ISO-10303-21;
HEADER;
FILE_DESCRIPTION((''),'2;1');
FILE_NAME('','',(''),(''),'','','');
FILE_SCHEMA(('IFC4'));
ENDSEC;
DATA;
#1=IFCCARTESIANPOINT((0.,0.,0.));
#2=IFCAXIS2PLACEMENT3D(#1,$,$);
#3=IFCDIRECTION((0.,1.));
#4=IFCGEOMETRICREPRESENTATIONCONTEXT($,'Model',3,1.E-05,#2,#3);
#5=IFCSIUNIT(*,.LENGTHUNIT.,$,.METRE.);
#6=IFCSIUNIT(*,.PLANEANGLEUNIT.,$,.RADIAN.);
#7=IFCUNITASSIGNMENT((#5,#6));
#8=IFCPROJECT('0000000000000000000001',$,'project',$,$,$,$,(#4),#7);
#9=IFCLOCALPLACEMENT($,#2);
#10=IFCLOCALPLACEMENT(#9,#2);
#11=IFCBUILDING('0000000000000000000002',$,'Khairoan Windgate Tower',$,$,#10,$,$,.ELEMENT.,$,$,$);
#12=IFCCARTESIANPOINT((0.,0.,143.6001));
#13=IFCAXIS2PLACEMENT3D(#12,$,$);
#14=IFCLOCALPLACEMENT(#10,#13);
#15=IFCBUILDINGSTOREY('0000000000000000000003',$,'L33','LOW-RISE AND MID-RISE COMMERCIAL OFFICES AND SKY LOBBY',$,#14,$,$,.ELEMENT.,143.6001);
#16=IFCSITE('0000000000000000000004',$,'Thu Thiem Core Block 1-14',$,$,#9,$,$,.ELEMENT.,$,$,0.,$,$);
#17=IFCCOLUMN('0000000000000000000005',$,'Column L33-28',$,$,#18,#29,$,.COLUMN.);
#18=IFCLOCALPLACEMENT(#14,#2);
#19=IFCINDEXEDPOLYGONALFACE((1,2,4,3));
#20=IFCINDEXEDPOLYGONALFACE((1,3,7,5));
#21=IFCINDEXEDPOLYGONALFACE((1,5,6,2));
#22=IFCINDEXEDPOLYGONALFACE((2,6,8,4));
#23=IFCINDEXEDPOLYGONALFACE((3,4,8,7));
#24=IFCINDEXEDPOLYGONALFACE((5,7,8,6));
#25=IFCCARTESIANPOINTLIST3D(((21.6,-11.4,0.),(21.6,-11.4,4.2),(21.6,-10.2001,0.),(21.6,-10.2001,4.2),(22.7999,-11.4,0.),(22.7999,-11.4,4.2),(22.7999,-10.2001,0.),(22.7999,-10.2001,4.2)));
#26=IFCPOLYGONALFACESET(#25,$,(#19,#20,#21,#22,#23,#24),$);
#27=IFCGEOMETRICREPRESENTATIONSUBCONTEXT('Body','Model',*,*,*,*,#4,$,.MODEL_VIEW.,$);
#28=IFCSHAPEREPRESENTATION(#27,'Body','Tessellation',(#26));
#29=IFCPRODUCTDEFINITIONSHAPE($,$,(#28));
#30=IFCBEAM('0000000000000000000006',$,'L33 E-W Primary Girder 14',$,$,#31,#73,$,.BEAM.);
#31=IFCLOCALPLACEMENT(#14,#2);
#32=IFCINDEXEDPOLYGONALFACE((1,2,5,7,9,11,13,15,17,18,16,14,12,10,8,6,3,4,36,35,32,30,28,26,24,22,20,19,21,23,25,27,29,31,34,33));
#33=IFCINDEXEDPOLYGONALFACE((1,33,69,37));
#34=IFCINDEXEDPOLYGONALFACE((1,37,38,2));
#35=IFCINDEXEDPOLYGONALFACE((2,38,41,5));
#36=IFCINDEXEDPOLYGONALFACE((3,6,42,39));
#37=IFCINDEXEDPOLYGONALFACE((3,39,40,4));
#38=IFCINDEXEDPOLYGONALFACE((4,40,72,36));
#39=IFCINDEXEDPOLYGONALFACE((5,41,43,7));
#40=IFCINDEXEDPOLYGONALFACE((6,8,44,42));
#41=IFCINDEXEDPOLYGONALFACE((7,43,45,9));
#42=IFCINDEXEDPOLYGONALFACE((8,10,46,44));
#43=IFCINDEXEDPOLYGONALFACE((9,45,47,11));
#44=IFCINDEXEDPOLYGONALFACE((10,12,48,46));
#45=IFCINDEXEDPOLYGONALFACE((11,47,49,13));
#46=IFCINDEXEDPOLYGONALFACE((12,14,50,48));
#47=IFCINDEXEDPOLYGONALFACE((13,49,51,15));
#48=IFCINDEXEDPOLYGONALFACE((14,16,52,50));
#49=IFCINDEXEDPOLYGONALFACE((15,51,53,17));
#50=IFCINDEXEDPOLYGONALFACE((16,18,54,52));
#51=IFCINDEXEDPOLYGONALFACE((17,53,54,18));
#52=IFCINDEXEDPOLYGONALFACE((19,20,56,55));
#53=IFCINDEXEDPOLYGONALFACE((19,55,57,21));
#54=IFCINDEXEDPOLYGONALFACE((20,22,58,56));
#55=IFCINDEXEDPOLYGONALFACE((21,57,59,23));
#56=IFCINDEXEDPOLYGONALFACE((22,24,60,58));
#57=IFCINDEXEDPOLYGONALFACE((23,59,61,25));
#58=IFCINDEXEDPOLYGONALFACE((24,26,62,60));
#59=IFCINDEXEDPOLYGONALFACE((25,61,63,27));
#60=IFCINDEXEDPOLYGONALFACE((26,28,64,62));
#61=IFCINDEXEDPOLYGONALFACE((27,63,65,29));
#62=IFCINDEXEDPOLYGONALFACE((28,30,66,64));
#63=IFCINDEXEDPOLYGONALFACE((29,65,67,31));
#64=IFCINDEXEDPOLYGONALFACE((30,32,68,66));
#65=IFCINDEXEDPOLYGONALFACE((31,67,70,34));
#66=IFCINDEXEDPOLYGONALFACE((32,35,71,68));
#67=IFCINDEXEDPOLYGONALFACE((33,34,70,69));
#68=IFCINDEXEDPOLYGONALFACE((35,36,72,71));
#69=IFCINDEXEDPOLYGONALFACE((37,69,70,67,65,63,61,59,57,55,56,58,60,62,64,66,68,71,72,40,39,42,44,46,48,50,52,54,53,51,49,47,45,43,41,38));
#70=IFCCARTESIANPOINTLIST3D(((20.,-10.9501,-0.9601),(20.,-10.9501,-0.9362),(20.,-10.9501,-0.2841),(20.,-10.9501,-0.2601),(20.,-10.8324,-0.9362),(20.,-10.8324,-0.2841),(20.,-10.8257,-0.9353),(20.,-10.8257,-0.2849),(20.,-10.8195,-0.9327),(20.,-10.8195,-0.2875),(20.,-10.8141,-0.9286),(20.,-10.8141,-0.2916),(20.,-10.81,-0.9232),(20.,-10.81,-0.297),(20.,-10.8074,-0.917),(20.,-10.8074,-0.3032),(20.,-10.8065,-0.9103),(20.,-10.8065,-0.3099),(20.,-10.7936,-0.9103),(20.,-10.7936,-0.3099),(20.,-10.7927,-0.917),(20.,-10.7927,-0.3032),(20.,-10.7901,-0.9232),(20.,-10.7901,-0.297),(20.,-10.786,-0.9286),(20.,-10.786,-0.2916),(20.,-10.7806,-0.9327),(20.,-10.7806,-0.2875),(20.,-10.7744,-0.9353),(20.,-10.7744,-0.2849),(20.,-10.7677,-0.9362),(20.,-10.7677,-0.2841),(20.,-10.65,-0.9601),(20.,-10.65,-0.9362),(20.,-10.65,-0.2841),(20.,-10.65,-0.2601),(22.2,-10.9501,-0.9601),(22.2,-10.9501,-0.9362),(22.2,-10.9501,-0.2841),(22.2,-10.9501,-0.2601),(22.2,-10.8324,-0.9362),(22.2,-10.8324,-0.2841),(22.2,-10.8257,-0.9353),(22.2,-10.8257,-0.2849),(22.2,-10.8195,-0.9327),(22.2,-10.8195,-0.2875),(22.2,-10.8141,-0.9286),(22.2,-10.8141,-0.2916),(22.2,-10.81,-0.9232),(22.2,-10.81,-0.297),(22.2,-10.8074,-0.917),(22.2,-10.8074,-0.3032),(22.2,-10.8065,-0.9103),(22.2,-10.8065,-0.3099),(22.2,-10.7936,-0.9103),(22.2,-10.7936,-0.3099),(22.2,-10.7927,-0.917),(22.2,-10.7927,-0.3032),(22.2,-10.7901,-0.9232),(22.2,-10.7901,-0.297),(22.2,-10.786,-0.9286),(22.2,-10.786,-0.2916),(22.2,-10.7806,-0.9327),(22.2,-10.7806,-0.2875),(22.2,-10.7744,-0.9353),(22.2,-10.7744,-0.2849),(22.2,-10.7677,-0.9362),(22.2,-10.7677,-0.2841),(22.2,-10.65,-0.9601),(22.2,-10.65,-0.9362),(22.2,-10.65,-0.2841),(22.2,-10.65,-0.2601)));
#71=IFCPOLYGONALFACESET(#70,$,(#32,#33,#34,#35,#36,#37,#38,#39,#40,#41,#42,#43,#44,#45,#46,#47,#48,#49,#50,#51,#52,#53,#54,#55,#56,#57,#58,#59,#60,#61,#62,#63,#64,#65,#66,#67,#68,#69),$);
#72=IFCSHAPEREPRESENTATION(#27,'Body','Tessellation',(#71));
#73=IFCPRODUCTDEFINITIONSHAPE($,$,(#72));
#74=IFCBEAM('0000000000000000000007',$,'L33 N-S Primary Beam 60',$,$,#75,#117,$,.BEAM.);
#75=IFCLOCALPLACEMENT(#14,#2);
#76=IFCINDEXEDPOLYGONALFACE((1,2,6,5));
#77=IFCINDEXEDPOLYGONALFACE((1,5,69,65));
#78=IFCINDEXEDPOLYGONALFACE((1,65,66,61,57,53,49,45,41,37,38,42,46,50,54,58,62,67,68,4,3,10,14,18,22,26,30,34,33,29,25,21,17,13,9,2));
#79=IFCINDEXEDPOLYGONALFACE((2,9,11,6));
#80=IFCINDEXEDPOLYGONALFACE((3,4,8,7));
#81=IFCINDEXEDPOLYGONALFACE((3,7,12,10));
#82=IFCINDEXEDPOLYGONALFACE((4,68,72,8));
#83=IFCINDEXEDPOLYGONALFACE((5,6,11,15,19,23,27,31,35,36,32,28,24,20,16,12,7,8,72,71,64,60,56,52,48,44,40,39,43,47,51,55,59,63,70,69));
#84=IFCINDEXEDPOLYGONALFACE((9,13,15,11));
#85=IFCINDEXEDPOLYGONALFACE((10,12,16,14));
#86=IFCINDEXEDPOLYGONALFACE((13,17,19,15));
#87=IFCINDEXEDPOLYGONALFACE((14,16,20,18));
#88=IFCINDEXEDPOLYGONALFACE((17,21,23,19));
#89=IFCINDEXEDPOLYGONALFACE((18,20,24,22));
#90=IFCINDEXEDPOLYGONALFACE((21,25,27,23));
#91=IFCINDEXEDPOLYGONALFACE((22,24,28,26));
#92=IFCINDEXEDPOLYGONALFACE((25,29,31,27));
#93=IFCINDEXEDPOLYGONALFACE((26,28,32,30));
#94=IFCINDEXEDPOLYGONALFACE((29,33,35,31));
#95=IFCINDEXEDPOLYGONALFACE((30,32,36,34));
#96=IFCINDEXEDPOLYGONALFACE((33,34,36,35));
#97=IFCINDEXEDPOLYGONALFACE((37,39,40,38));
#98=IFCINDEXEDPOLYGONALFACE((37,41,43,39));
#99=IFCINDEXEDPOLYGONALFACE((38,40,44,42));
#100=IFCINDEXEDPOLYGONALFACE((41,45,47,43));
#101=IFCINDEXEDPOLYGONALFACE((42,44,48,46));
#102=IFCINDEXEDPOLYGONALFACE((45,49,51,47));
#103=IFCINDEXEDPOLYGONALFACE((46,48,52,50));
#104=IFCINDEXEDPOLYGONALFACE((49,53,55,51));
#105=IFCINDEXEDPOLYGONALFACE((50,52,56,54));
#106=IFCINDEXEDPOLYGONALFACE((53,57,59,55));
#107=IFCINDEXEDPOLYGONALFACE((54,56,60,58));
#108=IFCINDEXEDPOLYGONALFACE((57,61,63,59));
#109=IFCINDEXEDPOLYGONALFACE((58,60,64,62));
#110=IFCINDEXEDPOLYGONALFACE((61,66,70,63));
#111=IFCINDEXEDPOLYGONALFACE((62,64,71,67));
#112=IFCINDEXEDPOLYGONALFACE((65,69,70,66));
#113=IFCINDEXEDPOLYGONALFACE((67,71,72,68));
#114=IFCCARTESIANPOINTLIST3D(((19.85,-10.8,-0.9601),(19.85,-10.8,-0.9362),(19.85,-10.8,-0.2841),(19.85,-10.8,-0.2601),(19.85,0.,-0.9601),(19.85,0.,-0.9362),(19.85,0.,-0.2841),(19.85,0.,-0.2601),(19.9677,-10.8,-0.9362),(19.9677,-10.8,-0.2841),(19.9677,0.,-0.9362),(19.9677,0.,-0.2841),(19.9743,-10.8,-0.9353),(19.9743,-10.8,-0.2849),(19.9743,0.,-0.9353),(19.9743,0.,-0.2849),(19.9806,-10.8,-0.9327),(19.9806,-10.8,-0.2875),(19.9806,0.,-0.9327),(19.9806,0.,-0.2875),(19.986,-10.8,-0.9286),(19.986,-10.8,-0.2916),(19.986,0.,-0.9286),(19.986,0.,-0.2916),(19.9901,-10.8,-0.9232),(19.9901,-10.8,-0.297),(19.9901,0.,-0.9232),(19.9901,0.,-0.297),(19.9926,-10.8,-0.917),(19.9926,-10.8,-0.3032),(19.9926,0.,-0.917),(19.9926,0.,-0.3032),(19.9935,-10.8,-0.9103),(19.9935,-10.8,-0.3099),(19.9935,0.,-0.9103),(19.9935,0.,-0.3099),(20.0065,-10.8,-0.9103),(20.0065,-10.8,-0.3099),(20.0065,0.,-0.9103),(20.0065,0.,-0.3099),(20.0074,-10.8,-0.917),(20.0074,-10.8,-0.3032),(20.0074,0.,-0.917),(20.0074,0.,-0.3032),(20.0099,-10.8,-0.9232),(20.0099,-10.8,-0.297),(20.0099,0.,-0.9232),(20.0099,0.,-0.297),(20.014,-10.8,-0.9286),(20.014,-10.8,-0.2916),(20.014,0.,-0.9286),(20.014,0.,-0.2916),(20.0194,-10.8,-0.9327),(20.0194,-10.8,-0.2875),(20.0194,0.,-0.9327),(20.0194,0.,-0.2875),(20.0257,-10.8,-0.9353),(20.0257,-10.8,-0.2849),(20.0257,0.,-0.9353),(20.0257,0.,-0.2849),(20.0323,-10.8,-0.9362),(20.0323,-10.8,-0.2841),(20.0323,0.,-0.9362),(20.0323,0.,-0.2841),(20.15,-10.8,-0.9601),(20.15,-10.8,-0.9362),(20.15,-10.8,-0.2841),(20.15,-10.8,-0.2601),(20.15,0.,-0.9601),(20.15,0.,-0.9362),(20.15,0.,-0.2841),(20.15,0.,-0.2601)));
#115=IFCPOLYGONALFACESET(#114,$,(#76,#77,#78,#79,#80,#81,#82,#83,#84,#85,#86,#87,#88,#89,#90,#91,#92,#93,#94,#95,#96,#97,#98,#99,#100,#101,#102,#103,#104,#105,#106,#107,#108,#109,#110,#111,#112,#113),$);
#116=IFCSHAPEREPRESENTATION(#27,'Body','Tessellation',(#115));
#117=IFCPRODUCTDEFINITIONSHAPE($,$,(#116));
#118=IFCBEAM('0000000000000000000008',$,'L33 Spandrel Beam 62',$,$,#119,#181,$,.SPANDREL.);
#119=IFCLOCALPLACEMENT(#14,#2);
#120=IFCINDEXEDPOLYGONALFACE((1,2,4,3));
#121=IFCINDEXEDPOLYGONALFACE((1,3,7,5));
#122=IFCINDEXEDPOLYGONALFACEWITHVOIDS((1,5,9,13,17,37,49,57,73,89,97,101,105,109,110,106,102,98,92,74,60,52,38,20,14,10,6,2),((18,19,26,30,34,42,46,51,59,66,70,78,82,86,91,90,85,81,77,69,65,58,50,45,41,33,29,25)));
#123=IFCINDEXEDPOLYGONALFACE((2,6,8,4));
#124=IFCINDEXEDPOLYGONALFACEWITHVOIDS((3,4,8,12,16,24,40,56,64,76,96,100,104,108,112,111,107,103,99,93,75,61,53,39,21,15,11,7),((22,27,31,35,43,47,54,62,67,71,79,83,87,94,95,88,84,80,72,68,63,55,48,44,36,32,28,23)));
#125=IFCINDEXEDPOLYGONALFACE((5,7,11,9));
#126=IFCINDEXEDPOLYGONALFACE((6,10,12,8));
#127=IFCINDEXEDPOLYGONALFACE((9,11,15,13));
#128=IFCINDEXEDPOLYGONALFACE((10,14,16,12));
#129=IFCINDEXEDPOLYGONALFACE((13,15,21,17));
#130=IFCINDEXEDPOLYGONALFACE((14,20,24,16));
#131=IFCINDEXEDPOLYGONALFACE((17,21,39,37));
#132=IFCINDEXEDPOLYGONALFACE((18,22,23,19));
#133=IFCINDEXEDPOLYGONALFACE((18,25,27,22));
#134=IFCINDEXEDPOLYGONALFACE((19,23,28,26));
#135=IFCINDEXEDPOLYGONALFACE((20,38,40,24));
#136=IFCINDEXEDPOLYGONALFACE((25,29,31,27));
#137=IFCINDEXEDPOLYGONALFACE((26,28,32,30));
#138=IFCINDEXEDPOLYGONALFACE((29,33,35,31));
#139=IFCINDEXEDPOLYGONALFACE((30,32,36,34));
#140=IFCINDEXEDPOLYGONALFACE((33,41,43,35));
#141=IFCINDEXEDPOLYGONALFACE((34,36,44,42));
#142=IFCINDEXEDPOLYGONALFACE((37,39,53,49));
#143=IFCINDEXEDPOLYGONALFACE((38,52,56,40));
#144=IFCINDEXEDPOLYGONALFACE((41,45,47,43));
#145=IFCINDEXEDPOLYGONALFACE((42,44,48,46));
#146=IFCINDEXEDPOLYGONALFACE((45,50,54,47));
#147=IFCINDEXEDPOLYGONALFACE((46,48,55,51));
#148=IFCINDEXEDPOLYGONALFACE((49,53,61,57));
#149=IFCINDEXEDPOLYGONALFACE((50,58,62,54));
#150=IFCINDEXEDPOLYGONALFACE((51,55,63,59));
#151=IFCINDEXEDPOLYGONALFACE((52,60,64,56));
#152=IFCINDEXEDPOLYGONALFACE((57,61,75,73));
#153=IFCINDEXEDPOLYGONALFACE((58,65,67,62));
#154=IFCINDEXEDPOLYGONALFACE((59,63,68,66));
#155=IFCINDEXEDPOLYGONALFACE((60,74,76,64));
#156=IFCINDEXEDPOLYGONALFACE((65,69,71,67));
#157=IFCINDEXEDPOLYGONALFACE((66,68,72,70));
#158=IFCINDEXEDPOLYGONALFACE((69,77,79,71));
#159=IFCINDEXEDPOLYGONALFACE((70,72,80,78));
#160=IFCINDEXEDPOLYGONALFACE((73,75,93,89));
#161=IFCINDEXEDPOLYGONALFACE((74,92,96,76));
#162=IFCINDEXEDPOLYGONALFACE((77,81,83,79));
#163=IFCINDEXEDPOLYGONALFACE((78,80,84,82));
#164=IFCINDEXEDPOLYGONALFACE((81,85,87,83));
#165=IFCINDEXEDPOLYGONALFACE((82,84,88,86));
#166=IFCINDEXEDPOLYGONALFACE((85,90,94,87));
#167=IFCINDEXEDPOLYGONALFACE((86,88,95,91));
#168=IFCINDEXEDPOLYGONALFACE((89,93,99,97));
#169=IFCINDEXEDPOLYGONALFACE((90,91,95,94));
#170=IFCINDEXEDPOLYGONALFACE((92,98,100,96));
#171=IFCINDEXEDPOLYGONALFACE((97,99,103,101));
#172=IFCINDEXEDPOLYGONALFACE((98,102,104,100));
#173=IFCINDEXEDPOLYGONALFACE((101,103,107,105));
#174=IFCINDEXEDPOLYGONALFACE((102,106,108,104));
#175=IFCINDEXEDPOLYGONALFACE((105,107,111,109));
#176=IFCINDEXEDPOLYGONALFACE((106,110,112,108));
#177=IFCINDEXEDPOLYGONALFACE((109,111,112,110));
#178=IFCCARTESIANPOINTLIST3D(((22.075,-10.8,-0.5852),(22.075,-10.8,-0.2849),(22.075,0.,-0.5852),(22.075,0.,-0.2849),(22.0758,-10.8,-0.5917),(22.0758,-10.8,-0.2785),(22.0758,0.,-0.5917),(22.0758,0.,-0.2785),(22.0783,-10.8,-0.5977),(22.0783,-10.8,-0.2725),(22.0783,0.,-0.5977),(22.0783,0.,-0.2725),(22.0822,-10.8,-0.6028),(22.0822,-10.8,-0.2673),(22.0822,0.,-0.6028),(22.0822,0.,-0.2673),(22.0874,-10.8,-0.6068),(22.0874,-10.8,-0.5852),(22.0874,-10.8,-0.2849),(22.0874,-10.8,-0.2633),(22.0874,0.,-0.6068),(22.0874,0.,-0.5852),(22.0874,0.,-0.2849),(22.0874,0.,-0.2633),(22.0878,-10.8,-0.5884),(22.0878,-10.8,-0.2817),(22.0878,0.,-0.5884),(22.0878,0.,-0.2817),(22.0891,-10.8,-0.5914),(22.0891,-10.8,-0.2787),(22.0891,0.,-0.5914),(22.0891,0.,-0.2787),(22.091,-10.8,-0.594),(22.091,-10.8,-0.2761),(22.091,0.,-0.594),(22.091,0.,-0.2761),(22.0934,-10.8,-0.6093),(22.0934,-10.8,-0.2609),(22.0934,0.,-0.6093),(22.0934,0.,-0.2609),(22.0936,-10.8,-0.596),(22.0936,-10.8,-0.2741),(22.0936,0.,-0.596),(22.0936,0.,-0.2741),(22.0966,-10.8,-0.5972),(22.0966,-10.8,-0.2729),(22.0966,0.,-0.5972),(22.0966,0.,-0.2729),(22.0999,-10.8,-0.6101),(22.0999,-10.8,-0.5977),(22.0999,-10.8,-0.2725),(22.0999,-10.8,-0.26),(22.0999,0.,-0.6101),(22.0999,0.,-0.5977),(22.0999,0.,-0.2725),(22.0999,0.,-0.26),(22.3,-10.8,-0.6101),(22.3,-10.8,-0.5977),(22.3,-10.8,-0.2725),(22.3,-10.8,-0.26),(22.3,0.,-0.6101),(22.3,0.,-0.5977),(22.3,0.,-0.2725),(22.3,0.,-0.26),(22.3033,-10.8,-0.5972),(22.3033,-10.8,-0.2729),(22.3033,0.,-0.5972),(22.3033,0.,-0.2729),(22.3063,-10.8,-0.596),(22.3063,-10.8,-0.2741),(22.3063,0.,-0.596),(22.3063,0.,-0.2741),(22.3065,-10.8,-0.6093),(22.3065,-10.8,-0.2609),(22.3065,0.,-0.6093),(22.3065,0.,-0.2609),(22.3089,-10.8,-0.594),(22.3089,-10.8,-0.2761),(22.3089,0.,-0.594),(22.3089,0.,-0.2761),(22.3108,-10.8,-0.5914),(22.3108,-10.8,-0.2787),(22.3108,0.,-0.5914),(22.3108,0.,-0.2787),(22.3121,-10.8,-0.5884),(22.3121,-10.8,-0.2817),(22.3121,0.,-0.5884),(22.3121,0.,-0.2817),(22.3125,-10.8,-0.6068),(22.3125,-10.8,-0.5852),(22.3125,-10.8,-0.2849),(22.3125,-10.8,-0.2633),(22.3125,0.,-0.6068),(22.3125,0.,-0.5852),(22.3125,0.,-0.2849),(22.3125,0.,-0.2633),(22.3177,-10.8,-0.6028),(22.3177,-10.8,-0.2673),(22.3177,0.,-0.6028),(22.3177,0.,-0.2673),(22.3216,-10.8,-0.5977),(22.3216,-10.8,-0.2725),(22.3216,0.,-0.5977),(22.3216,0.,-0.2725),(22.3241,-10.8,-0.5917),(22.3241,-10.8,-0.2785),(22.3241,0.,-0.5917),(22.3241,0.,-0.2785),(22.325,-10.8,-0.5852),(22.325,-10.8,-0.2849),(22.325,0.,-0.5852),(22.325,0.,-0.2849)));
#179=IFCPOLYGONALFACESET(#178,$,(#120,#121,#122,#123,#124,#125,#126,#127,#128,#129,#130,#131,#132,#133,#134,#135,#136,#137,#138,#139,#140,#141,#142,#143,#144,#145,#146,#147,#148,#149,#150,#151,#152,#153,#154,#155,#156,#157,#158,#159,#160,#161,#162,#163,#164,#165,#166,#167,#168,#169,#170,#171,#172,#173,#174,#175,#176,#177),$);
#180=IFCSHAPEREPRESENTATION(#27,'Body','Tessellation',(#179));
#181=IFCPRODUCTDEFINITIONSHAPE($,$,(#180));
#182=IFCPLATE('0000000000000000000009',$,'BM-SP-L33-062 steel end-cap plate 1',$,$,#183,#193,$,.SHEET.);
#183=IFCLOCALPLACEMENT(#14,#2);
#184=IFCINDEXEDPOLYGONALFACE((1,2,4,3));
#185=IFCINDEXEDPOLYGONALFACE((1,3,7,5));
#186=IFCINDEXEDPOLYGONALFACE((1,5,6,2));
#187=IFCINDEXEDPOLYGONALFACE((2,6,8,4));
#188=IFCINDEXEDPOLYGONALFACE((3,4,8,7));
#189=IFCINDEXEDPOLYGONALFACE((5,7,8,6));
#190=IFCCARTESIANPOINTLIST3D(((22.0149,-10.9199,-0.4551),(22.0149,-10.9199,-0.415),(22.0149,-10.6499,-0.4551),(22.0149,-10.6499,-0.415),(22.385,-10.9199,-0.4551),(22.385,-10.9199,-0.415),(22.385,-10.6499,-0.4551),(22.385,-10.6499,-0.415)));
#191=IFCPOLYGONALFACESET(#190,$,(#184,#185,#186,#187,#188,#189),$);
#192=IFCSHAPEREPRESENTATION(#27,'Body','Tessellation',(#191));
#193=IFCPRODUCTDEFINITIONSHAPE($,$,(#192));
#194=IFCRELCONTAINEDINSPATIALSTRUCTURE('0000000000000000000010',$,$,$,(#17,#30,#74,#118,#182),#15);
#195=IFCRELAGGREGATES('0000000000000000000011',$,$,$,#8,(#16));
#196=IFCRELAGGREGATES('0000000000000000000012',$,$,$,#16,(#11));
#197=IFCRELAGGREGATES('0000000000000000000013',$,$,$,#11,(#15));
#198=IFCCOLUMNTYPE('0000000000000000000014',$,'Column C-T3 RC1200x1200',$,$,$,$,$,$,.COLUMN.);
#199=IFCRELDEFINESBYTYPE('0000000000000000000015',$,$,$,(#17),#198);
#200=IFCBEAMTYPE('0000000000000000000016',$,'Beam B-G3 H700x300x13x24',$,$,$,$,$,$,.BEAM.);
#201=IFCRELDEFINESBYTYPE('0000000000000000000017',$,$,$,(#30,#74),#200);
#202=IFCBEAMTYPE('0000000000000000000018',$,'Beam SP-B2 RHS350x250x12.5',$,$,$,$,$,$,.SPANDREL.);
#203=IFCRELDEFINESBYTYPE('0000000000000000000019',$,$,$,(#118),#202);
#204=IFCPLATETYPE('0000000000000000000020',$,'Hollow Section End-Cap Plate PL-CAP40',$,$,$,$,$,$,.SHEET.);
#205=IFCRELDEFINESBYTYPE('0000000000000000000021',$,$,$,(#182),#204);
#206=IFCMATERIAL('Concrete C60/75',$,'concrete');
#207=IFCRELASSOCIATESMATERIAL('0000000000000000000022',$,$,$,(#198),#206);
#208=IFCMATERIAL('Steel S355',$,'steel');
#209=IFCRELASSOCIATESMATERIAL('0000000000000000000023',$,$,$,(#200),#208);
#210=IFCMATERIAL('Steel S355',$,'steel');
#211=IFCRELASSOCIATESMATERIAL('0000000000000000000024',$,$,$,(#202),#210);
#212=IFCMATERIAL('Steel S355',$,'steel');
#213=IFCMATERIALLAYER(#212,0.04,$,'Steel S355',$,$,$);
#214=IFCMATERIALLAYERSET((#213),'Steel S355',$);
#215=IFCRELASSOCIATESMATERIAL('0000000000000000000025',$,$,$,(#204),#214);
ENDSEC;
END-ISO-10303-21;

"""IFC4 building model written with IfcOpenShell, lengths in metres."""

from ifc_helpers import new_model, si_unit, direction, frame, origin, origin_2d, place, context, subcontext, project, spatial, rectangle, hollow_rectangle, i_section, extrude, material, layer, layer_set, material_profile, profile_set, type_object, element, save


model = new_model("IFC4")

# Units and contexts
model_context = context("Model", 3, precision=1e-05, world=origin(), true_north=direction((0.0, 1.0)))
body_context = subcontext(model_context, "Body", "Model", "MODEL_VIEW")
ifc_project = project(units=[si_unit("LENGTHUNIT", "METRE"), si_unit("PLANEANGLEUNIT", "RADIAN")], contexts=[model_context])

# Site, building, storey
site_placement = place(None, origin())
site = spatial("IfcSite", under=ifc_project, at=site_placement, Name="Thu Thiem Core Block 1-14", CompositionType="ELEMENT", RefElevation=0.0)
building_placement = place(site_placement, origin())
building = spatial("IfcBuilding", under=site, at=building_placement, Name="Khairoan Windgate Tower", CompositionType="ELEMENT")
storey_placement = place(building_placement, frame((0.0, 0.0, 143.6001)))
storey = spatial("IfcBuildingStorey", under=building, at=storey_placement, Name="L33", Description="LOW-RISE AND MID-RISE COMMERCIAL OFFICES AND SKY LOBBY", CompositionType="ELEMENT", Elevation=143.6001)

# Column
ifc_material_1 = material(Name="Concrete C60/75", Category="concrete")
ifc_material_profile_1 = material_profile(ifc_material_1, rectangle(XDim=1.2, YDim=1.2, at=origin_2d()))
ifc_profile_set_1 = profile_set([ifc_material_profile_1], Name="Concrete C60/75")
column_type = type_object("IfcColumnType", Name="Column C-T3 RC1200x1200", PredefinedType="COLUMN", material=ifc_profile_set_1)
column_placement = place(storey_placement, frame((22.2, -10.8, 0.0), z_axis=(0.0, 0.0, 1.0), x_axis=(1.0, 0.0, 0.0)))
element("IfcColumn", 1, at=column_placement, inside=storey, type_object=column_type, Name="Column L33-28", PredefinedType="COLUMN", context=body_context, shape_type="SweptSolid", body=[
    extrude(rectangle(XDim=1.2, YDim=1.2, at=origin_2d()), origin(), (0.0, 0.0, 1.0), 4.2),
])

# Beams
ifc_material_2 = material(Name="Steel S355", Category="steel")
ifc_material_profile_2 = material_profile(ifc_material_2, i_section(OverallWidth=0.3, OverallDepth=0.7, WebThickness=0.0129, FlangeThickness=0.0239, FilletRadius=0.0259, at=origin_2d()))
ifc_profile_set_2 = profile_set([ifc_material_profile_2], Name="Steel S355")
beam_type_1 = type_object("IfcBeamType", Name="Beam B-G3 H700x300x13x24", PredefinedType="BEAM", material=ifc_profile_set_2)
beam_1_placement = place(storey_placement, frame((20.0, -10.8, -0.6101), z_axis=(1.0, 0.0, 0.0), x_axis=(0.0, 1.0, 0.0)))
element("IfcBeam", 2, at=beam_1_placement, inside=storey, type_object=beam_type_1, Name="L33 E-W Primary Girder 14", PredefinedType="BEAM", context=body_context, shape_type="SweptSolid", body=[
    extrude(i_section(OverallWidth=0.3, OverallDepth=0.7, WebThickness=0.0129, FlangeThickness=0.0239, FilletRadius=0.0259, at=origin_2d()), origin(), (0.0, 0.0, 1.0), 2.2),
])
beam_2_placement = place(storey_placement, frame((20.0, -10.8, -0.6101), z_axis=(0.0, 1.0, 0.0), x_axis=(-1.0, 0.0, 0.0)))
element("IfcBeam", 3, at=beam_2_placement, inside=storey, type_object=beam_type_1, Name="L33 N-S Primary Beam 60", PredefinedType="BEAM", context=body_context, shape_type="SweptSolid", body=[
    extrude(i_section(OverallWidth=0.3, OverallDepth=0.7, WebThickness=0.0129, FlangeThickness=0.0239, FilletRadius=0.0259, at=origin_2d()), origin(), (0.0, 0.0, 1.0), 10.8),
])
ifc_material_3 = material(Name="Steel S355", Category="steel")
ifc_material_profile_3 = material_profile(ifc_material_3, hollow_rectangle(XDim=0.25, YDim=0.3501, WallThickness=0.0125, InnerFilletRadius=0.0125, OuterFilletRadius=0.0249, at=origin_2d()))
ifc_profile_set_3 = profile_set([ifc_material_profile_3], Name="Steel S355")
beam_type_2 = type_object("IfcBeamType", Name="Beam SP-B2 RHS350x250x12.5", PredefinedType="SPANDREL", material=ifc_profile_set_3)
beam_3_placement = place(storey_placement, frame((22.2, -10.8, -0.4351), z_axis=(0.0, 1.0, 0.0), x_axis=(-1.0, 0.0, 0.0)))
element("IfcBeam", 4, at=beam_3_placement, inside=storey, type_object=beam_type_2, Name="L33 Spandrel Beam 62", PredefinedType="SPANDREL", context=body_context, shape_type="SweptSolid", body=[
    extrude(hollow_rectangle(XDim=0.25, YDim=0.3501, WallThickness=0.0125, InnerFilletRadius=0.0125, OuterFilletRadius=0.0249, at=origin_2d()), origin(), (0.0, 0.0, 1.0), 10.8),
])

# Plate
ifc_material_4 = material(Name="Steel S355", Category="steel")
ifc_layer_1 = layer(ifc_material_4, 0.04, Name="Steel S355")
ifc_layer_set_1 = layer_set([ifc_layer_1], Name="Steel S355")
plate_type = type_object("IfcPlateType", Name="Hollow Section End-Cap Plate PL-CAP40", PredefinedType="SHEET", material=ifc_layer_set_1)
plate_placement = place(storey_placement, frame((22.2, -10.7849, -0.4551), z_axis=(0.0, 0.0, 1.0), x_axis=(0.0, 1.0, 0.0)))
element("IfcPlate", 5, at=plate_placement, inside=storey, type_object=plate_type, Name="BM-SP-L33-062 steel end-cap plate 1", PredefinedType="SHEET", context=body_context, shape_type="SweptSolid", body=[
    extrude(rectangle(XDim=0.27, YDim=0.3701, at=origin_2d()), origin(), (0.0, 0.0, 1.0), 0.04),
])

save(model, "model.ifc")
